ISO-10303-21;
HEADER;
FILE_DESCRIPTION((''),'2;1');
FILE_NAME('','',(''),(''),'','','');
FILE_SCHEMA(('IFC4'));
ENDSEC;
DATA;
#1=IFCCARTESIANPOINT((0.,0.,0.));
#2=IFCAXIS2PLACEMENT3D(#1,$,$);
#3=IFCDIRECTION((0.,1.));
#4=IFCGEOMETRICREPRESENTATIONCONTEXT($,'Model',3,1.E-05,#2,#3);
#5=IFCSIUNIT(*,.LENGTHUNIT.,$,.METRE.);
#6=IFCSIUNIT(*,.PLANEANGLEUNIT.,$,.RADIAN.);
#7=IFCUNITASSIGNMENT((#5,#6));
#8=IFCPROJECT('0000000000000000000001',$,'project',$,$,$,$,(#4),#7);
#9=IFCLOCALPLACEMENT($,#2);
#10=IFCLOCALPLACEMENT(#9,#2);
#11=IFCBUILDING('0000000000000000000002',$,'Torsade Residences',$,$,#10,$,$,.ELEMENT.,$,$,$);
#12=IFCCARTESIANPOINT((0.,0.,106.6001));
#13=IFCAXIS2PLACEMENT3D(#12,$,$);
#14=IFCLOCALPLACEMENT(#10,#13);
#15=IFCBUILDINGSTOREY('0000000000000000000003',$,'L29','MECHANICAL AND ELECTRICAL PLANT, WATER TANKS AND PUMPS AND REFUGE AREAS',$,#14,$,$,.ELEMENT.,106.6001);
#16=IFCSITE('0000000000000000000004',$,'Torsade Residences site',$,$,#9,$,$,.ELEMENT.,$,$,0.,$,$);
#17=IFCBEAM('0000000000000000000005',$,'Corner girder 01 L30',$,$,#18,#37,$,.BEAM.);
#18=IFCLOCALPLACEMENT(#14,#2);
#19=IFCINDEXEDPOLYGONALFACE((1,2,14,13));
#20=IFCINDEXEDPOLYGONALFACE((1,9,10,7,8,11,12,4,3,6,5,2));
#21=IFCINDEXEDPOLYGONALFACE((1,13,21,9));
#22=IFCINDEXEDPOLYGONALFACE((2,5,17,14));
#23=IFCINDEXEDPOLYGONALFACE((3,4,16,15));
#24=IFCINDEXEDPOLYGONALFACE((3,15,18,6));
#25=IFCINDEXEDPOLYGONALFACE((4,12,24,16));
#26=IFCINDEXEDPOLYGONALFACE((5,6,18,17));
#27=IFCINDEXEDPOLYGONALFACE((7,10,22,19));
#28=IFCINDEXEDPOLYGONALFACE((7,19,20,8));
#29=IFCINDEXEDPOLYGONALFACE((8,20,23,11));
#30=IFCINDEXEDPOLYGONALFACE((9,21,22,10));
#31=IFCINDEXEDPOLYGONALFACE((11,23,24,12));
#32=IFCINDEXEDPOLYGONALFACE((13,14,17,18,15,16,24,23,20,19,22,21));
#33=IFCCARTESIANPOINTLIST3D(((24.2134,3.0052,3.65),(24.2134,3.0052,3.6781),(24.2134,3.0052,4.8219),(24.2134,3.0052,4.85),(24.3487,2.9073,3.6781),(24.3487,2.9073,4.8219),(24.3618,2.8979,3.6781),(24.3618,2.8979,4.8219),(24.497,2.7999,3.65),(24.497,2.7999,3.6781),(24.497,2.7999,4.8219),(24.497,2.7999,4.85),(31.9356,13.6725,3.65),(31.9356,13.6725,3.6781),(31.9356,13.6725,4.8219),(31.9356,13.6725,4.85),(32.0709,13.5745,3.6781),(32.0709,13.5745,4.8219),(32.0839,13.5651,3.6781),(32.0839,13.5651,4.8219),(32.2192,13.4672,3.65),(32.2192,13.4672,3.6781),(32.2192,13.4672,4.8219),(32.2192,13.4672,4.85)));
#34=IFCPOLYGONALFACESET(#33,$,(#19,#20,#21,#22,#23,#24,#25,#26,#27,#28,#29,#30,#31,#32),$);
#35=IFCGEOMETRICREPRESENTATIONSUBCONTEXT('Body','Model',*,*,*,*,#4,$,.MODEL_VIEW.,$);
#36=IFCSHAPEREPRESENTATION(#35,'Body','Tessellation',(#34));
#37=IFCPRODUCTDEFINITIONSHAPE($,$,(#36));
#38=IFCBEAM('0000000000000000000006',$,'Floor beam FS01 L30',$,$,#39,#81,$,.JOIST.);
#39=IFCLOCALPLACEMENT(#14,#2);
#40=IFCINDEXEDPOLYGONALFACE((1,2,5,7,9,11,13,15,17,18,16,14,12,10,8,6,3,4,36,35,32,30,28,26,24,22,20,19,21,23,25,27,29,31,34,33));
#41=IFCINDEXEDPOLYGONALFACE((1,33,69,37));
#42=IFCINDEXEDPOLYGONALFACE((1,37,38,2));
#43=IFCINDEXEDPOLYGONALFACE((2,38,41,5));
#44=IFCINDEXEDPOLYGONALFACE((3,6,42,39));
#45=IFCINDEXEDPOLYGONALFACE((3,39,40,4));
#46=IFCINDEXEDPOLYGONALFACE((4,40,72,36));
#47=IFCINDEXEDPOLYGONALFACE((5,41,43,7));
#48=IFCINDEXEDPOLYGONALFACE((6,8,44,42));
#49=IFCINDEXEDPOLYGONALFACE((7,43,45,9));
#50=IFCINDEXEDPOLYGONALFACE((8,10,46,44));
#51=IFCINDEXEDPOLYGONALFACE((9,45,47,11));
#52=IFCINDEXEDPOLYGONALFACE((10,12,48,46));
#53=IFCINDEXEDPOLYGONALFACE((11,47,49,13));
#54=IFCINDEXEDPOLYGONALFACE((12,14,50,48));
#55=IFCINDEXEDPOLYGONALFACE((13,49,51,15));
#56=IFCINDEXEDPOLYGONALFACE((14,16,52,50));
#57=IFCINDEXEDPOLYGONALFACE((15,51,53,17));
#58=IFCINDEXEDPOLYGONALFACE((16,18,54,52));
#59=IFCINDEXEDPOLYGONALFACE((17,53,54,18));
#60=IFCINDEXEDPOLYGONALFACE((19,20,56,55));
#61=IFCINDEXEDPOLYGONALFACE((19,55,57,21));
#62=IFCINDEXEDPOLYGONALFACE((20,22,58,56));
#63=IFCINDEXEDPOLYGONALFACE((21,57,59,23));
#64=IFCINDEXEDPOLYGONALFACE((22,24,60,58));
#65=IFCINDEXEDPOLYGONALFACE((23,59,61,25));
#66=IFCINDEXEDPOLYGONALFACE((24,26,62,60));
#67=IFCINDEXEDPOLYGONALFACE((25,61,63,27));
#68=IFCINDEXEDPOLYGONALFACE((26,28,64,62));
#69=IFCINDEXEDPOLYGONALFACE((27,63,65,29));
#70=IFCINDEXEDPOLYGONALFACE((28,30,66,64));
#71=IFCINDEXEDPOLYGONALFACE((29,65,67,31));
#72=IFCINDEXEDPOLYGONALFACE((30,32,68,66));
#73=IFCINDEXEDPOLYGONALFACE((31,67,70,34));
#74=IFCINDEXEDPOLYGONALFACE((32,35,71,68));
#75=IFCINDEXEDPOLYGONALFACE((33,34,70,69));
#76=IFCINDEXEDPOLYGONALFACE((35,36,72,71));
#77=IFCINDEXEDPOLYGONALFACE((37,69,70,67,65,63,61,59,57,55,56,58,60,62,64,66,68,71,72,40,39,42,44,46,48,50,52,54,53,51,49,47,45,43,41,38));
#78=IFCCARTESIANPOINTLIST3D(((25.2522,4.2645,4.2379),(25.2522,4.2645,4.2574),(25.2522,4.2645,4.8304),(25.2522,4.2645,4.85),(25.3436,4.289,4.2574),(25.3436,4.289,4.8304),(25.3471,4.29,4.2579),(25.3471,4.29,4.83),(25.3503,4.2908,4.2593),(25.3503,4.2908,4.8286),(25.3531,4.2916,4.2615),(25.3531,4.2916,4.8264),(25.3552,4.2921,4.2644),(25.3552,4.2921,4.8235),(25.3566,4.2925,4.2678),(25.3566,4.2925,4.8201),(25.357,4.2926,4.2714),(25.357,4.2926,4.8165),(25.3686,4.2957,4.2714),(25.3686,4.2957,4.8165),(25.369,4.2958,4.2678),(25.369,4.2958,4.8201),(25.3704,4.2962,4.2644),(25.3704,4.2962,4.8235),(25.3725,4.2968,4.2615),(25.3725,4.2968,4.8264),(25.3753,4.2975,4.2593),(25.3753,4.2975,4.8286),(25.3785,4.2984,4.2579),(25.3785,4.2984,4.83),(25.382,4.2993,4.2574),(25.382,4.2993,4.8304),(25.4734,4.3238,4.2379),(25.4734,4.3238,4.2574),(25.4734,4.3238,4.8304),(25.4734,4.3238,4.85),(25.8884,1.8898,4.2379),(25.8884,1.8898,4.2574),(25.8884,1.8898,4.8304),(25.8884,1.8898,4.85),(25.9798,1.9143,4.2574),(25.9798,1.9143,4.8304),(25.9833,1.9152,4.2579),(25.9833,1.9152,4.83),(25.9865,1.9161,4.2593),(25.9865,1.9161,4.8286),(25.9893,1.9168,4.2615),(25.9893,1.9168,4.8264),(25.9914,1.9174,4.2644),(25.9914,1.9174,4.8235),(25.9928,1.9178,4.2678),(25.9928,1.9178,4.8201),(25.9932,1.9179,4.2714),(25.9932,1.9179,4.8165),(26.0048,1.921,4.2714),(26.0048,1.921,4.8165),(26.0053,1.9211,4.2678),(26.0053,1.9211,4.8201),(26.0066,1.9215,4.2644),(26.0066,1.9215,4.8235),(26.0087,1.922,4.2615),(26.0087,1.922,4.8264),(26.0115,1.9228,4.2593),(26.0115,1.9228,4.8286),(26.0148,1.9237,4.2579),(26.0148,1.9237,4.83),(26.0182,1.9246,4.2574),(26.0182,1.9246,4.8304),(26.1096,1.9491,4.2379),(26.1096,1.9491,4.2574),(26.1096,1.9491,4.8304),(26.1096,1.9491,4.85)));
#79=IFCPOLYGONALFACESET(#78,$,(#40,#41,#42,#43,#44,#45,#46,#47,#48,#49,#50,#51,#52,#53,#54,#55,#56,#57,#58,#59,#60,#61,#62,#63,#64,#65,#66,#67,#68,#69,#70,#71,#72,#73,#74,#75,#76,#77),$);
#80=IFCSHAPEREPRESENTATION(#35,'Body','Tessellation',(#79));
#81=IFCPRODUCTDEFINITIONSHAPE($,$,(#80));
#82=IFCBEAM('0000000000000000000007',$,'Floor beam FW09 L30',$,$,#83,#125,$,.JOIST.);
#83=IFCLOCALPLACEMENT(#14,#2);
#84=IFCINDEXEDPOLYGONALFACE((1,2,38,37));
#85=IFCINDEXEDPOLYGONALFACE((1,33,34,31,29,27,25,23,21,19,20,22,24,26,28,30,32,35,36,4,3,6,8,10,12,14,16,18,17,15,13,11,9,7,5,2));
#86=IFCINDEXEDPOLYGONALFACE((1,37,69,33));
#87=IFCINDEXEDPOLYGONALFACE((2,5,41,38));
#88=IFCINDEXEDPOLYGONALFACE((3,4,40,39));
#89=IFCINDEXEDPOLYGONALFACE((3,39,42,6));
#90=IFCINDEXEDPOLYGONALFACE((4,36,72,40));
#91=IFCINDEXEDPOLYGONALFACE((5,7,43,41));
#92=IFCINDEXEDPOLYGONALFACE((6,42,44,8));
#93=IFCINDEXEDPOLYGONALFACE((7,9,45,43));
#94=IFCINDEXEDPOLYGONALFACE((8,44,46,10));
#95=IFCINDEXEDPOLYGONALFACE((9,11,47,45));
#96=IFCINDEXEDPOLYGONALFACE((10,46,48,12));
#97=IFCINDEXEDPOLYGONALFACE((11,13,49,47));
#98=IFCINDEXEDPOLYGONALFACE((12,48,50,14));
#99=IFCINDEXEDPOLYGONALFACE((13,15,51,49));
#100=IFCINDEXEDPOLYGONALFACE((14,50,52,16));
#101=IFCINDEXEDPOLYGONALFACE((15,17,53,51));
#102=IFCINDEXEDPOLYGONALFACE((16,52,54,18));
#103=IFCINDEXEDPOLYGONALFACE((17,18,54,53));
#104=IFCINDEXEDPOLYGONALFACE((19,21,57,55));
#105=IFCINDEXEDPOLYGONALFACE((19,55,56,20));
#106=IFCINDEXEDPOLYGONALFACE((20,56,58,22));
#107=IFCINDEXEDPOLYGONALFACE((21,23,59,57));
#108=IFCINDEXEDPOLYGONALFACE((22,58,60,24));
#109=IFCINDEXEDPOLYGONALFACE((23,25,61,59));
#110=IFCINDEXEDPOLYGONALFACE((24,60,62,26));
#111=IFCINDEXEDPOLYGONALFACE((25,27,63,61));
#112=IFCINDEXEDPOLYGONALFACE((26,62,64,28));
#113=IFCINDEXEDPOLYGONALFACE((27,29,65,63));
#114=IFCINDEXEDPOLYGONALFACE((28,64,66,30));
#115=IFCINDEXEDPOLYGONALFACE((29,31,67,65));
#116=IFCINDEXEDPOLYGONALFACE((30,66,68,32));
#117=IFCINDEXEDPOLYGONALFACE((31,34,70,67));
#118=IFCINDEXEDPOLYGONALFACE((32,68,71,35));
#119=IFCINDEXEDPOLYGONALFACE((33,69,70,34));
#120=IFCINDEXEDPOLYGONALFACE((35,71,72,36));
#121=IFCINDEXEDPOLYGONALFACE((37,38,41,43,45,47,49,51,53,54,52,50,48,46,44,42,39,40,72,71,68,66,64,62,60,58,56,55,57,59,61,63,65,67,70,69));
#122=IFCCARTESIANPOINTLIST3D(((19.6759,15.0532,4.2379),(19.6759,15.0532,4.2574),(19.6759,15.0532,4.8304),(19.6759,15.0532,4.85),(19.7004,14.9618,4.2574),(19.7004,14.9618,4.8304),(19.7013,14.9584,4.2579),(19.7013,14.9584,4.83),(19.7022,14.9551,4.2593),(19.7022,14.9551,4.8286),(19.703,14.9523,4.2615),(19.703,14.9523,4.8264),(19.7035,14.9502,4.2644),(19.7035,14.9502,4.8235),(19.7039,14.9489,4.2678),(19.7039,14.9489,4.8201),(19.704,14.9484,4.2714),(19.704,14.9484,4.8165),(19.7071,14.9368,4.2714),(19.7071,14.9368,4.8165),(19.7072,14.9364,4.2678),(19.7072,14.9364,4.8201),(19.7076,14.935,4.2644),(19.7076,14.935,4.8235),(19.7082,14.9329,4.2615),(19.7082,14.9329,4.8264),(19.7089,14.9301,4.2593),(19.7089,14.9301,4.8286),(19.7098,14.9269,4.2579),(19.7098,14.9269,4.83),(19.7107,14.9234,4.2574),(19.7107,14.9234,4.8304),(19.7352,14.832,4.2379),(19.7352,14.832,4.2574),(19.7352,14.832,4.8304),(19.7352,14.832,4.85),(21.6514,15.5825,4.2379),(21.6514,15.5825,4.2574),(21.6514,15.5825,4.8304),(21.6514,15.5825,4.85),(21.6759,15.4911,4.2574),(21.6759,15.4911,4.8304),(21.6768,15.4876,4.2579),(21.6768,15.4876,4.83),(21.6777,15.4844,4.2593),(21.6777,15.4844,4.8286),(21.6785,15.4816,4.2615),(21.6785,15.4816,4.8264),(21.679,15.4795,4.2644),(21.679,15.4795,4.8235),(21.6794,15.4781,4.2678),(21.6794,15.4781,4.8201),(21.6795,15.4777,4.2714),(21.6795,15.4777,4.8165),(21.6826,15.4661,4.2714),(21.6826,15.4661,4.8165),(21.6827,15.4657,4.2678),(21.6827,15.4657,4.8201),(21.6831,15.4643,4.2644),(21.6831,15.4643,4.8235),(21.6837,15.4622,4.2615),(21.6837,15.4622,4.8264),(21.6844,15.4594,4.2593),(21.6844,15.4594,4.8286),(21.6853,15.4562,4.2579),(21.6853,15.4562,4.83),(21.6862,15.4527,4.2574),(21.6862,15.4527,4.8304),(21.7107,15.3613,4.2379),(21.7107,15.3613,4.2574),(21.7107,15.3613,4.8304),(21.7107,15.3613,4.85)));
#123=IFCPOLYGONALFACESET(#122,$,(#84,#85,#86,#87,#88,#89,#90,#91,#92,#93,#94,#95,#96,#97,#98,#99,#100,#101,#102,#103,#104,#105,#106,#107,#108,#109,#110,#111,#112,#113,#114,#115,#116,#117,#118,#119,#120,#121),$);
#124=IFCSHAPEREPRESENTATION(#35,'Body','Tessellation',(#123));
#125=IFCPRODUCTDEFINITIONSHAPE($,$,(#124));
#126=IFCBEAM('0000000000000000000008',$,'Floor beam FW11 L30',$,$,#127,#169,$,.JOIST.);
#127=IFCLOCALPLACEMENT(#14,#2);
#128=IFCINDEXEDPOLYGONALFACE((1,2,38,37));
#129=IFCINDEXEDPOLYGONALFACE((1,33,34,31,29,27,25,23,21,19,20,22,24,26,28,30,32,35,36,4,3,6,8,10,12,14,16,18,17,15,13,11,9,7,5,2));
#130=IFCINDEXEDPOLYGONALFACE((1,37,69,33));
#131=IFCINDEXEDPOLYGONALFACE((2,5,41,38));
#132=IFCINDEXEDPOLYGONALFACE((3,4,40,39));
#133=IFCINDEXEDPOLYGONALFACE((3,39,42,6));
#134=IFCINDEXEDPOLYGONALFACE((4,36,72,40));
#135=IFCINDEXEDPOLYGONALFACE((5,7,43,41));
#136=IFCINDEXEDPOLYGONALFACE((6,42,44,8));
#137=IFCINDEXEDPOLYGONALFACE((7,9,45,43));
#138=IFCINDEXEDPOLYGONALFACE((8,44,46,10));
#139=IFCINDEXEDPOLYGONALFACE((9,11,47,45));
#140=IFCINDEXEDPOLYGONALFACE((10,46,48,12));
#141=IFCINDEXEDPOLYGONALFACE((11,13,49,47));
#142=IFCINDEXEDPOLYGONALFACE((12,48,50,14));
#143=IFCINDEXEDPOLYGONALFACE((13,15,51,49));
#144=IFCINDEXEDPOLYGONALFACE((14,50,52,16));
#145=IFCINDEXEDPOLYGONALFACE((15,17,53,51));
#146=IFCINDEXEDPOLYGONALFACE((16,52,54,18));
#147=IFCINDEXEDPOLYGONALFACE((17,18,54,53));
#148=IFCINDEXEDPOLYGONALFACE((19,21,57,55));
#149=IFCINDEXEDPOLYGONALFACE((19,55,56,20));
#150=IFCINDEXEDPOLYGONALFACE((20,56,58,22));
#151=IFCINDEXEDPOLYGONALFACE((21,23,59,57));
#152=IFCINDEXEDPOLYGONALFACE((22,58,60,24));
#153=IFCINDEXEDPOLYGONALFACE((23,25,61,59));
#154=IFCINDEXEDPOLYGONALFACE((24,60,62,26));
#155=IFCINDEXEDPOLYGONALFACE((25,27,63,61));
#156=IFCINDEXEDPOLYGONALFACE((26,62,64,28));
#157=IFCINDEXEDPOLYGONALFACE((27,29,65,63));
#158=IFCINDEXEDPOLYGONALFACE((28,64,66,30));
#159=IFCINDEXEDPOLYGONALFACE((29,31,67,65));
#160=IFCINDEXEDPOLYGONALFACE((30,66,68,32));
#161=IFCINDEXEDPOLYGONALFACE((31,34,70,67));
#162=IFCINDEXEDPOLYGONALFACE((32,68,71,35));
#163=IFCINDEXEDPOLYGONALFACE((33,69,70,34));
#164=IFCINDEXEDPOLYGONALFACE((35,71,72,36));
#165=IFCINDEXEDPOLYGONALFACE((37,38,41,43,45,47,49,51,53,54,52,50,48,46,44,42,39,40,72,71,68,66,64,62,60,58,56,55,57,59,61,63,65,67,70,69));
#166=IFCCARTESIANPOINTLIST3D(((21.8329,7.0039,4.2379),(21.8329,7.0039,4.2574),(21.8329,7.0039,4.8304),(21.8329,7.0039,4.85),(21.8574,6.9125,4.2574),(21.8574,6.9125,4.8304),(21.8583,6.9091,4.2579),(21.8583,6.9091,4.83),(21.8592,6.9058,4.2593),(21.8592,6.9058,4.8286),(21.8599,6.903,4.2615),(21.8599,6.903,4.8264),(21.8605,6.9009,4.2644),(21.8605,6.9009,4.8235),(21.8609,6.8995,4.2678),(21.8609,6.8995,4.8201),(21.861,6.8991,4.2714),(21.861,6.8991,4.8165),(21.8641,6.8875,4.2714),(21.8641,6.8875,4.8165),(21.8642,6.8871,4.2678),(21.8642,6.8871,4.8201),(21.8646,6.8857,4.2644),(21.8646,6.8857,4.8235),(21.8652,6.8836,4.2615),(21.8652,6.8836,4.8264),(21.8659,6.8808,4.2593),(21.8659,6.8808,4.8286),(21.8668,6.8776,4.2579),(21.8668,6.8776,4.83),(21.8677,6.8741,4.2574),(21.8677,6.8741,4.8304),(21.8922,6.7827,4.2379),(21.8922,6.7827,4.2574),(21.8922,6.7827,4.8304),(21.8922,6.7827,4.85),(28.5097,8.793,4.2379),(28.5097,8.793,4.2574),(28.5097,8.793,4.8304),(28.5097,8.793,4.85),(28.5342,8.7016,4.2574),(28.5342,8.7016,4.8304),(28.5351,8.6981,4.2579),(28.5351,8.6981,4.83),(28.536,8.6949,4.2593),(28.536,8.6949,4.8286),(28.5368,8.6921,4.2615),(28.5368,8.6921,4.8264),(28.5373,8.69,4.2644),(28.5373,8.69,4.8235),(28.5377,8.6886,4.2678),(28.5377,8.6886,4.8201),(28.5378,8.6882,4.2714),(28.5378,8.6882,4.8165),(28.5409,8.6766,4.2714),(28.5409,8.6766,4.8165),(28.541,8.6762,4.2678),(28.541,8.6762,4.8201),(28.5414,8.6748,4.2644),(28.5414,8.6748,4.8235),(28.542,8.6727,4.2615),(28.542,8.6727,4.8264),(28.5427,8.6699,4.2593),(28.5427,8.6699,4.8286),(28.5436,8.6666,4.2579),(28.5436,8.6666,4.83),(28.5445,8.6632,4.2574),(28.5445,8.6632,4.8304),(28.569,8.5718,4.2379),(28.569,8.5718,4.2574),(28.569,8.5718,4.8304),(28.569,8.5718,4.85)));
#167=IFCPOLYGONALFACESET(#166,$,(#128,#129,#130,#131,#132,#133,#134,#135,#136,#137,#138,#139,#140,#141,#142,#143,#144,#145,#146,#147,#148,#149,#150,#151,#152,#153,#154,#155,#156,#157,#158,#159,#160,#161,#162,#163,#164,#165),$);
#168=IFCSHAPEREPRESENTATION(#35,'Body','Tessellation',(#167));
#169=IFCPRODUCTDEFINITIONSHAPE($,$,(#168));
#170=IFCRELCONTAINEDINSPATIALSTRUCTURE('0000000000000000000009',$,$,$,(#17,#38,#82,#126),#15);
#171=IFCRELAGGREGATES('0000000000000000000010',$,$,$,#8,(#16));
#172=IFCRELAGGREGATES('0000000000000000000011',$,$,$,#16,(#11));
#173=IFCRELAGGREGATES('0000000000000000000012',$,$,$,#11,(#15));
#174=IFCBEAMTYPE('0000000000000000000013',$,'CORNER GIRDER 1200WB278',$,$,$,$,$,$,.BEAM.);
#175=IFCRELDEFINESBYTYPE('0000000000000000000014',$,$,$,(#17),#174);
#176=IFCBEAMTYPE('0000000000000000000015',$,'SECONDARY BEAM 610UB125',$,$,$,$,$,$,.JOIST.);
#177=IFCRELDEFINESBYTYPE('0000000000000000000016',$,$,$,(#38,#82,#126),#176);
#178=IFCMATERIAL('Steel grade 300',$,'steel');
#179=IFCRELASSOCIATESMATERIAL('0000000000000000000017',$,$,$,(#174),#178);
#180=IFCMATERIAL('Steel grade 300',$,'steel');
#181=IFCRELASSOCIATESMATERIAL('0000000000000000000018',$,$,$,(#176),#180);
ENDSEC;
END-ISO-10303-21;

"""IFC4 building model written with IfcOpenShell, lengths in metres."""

from ifc_helpers import new_model, si_unit, direction, frame, origin, origin_2d, place, context, subcontext, project, spatial, i_section, extrude, material, material_profile, profile_set, type_object, element, save


model = new_model("IFC4")

# Units and contexts
model_context = context("Model", 3, precision=1e-05, world=origin(), true_north=direction((0.0, 1.0)))
body_context = subcontext(model_context, "Body", "Model", "MODEL_VIEW")
ifc_project = project(units=[si_unit("LENGTHUNIT", "METRE"), si_unit("PLANEANGLEUNIT", "RADIAN")], contexts=[model_context])

# Site, building, storey
site_placement = place(None, origin())
site = spatial("IfcSite", under=ifc_project, at=site_placement, Name="Torsade Residences site", CompositionType="ELEMENT", RefElevation=0.0)
building_placement = place(site_placement, origin())
building = spatial("IfcBuilding", under=site, at=building_placement, Name="Torsade Residences", CompositionType="ELEMENT")
storey_placement = place(building_placement, frame((0.0, 0.0, 106.6001)))
storey = spatial("IfcBuildingStorey", under=building, at=storey_placement, Name="L29", Description="MECHANICAL AND ELECTRICAL PLANT, WATER TANKS AND PUMPS AND REFUGE AREAS", CompositionType="ELEMENT", Elevation=106.6001)

# Beams
ifc_material_1 = material(Name="Steel grade 300", Category="steel")
ifc_material_profile_1 = material_profile(ifc_material_1, i_section(OverallWidth=0.3501, OverallDepth=1.2, WebThickness=0.0161, FlangeThickness=0.0281, at=origin_2d()), Name="1200WB278")
ifc_profile_set_1 = profile_set([ifc_material_profile_1], Name="Steel grade 300")
beam_type_1 = type_object("IfcBeamType", Name="CORNER GIRDER 1200WB278", PredefinedType="BEAM", material=ifc_profile_set_1)
beam_1_placement = place(storey_placement, frame((24.3552, 2.9026, 4.25), z_axis=(0.586391, 0.810028, 0.0), x_axis=(-0.810028, 0.586391, 0.0)))
element("IfcBeam", 1, at=beam_1_placement, inside=storey, type_object=beam_type_1, Name="Corner girder 01 L30", PredefinedType="BEAM", context=body_context, shape_type="SweptSolid", body=[
    extrude(i_section(OverallWidth=0.3501, OverallDepth=1.2, WebThickness=0.0161, FlangeThickness=0.0281, at=origin_2d()), origin(), (0.0, 0.0, 1.0), 13.1689),
])
ifc_material_2 = material(Name="Steel grade 300", Category="steel")
ifc_material_profile_2 = material_profile(ifc_material_2, i_section(OverallWidth=0.229, OverallDepth=0.6121, WebThickness=0.012, FlangeThickness=0.0195, FilletRadius=0.0139, at=origin_2d()), Name="610UB125")
ifc_profile_set_2 = profile_set([ifc_material_profile_2], Name="Steel grade 300")
beam_type_2 = type_object("IfcBeamType", Name="SECONDARY BEAM 610UB125", PredefinedType="JOIST", material=ifc_profile_set_2)
beam_2_placement = place(storey_placement, frame((25.999, 1.9194, 4.5439), z_axis=(-0.258787, 0.965934, 0.0), x_axis=(-0.965934, -0.258787, 0.0)))
element("IfcBeam", 2, at=beam_2_placement, inside=storey, type_object=beam_type_2, Name="Floor beam FS01 L30", PredefinedType="JOIST", context=body_context, shape_type="SweptSolid", body=[
    extrude(i_section(OverallWidth=0.229, OverallDepth=0.6121, WebThickness=0.012, FlangeThickness=0.0195, FilletRadius=0.0139, at=origin_2d()), origin(), (0.0, 0.0, 1.0), 2.4585),
])
beam_3_placement = place(storey_placement, frame((19.7056, 14.9426, 4.5439), z_axis=(0.965933, 0.258792, 0.0), x_axis=(-0.258792, 0.965933, 0.0)))
element("IfcBeam", 3, at=beam_3_placement, inside=storey, type_object=beam_type_2, Name="Floor beam FW09 L30", PredefinedType="JOIST", context=body_context, shape_type="SweptSolid", body=[
    extrude(i_section(OverallWidth=0.229, OverallDepth=0.6121, WebThickness=0.012, FlangeThickness=0.0195, FilletRadius=0.0139, at=origin_2d()), origin(), (0.0, 0.0, 1.0), 2.0452),
])
beam_4_placement = place(storey_placement, frame((21.8625, 6.8933, 4.5439), z_axis=(0.965925, 0.258823, 0.0), x_axis=(-0.258823, 0.965925, 0.0)))
element("IfcBeam", 4, at=beam_4_placement, inside=storey, type_object=beam_type_2, Name="Floor beam FW11 L30", PredefinedType="JOIST", context=body_context, shape_type="SweptSolid", body=[
    extrude(i_section(OverallWidth=0.229, OverallDepth=0.6121, WebThickness=0.012, FlangeThickness=0.0195, FilletRadius=0.0139, at=origin_2d()), origin(), (0.0, 0.0, 1.0), 6.9124),
])

save(model, "model.ifc")
